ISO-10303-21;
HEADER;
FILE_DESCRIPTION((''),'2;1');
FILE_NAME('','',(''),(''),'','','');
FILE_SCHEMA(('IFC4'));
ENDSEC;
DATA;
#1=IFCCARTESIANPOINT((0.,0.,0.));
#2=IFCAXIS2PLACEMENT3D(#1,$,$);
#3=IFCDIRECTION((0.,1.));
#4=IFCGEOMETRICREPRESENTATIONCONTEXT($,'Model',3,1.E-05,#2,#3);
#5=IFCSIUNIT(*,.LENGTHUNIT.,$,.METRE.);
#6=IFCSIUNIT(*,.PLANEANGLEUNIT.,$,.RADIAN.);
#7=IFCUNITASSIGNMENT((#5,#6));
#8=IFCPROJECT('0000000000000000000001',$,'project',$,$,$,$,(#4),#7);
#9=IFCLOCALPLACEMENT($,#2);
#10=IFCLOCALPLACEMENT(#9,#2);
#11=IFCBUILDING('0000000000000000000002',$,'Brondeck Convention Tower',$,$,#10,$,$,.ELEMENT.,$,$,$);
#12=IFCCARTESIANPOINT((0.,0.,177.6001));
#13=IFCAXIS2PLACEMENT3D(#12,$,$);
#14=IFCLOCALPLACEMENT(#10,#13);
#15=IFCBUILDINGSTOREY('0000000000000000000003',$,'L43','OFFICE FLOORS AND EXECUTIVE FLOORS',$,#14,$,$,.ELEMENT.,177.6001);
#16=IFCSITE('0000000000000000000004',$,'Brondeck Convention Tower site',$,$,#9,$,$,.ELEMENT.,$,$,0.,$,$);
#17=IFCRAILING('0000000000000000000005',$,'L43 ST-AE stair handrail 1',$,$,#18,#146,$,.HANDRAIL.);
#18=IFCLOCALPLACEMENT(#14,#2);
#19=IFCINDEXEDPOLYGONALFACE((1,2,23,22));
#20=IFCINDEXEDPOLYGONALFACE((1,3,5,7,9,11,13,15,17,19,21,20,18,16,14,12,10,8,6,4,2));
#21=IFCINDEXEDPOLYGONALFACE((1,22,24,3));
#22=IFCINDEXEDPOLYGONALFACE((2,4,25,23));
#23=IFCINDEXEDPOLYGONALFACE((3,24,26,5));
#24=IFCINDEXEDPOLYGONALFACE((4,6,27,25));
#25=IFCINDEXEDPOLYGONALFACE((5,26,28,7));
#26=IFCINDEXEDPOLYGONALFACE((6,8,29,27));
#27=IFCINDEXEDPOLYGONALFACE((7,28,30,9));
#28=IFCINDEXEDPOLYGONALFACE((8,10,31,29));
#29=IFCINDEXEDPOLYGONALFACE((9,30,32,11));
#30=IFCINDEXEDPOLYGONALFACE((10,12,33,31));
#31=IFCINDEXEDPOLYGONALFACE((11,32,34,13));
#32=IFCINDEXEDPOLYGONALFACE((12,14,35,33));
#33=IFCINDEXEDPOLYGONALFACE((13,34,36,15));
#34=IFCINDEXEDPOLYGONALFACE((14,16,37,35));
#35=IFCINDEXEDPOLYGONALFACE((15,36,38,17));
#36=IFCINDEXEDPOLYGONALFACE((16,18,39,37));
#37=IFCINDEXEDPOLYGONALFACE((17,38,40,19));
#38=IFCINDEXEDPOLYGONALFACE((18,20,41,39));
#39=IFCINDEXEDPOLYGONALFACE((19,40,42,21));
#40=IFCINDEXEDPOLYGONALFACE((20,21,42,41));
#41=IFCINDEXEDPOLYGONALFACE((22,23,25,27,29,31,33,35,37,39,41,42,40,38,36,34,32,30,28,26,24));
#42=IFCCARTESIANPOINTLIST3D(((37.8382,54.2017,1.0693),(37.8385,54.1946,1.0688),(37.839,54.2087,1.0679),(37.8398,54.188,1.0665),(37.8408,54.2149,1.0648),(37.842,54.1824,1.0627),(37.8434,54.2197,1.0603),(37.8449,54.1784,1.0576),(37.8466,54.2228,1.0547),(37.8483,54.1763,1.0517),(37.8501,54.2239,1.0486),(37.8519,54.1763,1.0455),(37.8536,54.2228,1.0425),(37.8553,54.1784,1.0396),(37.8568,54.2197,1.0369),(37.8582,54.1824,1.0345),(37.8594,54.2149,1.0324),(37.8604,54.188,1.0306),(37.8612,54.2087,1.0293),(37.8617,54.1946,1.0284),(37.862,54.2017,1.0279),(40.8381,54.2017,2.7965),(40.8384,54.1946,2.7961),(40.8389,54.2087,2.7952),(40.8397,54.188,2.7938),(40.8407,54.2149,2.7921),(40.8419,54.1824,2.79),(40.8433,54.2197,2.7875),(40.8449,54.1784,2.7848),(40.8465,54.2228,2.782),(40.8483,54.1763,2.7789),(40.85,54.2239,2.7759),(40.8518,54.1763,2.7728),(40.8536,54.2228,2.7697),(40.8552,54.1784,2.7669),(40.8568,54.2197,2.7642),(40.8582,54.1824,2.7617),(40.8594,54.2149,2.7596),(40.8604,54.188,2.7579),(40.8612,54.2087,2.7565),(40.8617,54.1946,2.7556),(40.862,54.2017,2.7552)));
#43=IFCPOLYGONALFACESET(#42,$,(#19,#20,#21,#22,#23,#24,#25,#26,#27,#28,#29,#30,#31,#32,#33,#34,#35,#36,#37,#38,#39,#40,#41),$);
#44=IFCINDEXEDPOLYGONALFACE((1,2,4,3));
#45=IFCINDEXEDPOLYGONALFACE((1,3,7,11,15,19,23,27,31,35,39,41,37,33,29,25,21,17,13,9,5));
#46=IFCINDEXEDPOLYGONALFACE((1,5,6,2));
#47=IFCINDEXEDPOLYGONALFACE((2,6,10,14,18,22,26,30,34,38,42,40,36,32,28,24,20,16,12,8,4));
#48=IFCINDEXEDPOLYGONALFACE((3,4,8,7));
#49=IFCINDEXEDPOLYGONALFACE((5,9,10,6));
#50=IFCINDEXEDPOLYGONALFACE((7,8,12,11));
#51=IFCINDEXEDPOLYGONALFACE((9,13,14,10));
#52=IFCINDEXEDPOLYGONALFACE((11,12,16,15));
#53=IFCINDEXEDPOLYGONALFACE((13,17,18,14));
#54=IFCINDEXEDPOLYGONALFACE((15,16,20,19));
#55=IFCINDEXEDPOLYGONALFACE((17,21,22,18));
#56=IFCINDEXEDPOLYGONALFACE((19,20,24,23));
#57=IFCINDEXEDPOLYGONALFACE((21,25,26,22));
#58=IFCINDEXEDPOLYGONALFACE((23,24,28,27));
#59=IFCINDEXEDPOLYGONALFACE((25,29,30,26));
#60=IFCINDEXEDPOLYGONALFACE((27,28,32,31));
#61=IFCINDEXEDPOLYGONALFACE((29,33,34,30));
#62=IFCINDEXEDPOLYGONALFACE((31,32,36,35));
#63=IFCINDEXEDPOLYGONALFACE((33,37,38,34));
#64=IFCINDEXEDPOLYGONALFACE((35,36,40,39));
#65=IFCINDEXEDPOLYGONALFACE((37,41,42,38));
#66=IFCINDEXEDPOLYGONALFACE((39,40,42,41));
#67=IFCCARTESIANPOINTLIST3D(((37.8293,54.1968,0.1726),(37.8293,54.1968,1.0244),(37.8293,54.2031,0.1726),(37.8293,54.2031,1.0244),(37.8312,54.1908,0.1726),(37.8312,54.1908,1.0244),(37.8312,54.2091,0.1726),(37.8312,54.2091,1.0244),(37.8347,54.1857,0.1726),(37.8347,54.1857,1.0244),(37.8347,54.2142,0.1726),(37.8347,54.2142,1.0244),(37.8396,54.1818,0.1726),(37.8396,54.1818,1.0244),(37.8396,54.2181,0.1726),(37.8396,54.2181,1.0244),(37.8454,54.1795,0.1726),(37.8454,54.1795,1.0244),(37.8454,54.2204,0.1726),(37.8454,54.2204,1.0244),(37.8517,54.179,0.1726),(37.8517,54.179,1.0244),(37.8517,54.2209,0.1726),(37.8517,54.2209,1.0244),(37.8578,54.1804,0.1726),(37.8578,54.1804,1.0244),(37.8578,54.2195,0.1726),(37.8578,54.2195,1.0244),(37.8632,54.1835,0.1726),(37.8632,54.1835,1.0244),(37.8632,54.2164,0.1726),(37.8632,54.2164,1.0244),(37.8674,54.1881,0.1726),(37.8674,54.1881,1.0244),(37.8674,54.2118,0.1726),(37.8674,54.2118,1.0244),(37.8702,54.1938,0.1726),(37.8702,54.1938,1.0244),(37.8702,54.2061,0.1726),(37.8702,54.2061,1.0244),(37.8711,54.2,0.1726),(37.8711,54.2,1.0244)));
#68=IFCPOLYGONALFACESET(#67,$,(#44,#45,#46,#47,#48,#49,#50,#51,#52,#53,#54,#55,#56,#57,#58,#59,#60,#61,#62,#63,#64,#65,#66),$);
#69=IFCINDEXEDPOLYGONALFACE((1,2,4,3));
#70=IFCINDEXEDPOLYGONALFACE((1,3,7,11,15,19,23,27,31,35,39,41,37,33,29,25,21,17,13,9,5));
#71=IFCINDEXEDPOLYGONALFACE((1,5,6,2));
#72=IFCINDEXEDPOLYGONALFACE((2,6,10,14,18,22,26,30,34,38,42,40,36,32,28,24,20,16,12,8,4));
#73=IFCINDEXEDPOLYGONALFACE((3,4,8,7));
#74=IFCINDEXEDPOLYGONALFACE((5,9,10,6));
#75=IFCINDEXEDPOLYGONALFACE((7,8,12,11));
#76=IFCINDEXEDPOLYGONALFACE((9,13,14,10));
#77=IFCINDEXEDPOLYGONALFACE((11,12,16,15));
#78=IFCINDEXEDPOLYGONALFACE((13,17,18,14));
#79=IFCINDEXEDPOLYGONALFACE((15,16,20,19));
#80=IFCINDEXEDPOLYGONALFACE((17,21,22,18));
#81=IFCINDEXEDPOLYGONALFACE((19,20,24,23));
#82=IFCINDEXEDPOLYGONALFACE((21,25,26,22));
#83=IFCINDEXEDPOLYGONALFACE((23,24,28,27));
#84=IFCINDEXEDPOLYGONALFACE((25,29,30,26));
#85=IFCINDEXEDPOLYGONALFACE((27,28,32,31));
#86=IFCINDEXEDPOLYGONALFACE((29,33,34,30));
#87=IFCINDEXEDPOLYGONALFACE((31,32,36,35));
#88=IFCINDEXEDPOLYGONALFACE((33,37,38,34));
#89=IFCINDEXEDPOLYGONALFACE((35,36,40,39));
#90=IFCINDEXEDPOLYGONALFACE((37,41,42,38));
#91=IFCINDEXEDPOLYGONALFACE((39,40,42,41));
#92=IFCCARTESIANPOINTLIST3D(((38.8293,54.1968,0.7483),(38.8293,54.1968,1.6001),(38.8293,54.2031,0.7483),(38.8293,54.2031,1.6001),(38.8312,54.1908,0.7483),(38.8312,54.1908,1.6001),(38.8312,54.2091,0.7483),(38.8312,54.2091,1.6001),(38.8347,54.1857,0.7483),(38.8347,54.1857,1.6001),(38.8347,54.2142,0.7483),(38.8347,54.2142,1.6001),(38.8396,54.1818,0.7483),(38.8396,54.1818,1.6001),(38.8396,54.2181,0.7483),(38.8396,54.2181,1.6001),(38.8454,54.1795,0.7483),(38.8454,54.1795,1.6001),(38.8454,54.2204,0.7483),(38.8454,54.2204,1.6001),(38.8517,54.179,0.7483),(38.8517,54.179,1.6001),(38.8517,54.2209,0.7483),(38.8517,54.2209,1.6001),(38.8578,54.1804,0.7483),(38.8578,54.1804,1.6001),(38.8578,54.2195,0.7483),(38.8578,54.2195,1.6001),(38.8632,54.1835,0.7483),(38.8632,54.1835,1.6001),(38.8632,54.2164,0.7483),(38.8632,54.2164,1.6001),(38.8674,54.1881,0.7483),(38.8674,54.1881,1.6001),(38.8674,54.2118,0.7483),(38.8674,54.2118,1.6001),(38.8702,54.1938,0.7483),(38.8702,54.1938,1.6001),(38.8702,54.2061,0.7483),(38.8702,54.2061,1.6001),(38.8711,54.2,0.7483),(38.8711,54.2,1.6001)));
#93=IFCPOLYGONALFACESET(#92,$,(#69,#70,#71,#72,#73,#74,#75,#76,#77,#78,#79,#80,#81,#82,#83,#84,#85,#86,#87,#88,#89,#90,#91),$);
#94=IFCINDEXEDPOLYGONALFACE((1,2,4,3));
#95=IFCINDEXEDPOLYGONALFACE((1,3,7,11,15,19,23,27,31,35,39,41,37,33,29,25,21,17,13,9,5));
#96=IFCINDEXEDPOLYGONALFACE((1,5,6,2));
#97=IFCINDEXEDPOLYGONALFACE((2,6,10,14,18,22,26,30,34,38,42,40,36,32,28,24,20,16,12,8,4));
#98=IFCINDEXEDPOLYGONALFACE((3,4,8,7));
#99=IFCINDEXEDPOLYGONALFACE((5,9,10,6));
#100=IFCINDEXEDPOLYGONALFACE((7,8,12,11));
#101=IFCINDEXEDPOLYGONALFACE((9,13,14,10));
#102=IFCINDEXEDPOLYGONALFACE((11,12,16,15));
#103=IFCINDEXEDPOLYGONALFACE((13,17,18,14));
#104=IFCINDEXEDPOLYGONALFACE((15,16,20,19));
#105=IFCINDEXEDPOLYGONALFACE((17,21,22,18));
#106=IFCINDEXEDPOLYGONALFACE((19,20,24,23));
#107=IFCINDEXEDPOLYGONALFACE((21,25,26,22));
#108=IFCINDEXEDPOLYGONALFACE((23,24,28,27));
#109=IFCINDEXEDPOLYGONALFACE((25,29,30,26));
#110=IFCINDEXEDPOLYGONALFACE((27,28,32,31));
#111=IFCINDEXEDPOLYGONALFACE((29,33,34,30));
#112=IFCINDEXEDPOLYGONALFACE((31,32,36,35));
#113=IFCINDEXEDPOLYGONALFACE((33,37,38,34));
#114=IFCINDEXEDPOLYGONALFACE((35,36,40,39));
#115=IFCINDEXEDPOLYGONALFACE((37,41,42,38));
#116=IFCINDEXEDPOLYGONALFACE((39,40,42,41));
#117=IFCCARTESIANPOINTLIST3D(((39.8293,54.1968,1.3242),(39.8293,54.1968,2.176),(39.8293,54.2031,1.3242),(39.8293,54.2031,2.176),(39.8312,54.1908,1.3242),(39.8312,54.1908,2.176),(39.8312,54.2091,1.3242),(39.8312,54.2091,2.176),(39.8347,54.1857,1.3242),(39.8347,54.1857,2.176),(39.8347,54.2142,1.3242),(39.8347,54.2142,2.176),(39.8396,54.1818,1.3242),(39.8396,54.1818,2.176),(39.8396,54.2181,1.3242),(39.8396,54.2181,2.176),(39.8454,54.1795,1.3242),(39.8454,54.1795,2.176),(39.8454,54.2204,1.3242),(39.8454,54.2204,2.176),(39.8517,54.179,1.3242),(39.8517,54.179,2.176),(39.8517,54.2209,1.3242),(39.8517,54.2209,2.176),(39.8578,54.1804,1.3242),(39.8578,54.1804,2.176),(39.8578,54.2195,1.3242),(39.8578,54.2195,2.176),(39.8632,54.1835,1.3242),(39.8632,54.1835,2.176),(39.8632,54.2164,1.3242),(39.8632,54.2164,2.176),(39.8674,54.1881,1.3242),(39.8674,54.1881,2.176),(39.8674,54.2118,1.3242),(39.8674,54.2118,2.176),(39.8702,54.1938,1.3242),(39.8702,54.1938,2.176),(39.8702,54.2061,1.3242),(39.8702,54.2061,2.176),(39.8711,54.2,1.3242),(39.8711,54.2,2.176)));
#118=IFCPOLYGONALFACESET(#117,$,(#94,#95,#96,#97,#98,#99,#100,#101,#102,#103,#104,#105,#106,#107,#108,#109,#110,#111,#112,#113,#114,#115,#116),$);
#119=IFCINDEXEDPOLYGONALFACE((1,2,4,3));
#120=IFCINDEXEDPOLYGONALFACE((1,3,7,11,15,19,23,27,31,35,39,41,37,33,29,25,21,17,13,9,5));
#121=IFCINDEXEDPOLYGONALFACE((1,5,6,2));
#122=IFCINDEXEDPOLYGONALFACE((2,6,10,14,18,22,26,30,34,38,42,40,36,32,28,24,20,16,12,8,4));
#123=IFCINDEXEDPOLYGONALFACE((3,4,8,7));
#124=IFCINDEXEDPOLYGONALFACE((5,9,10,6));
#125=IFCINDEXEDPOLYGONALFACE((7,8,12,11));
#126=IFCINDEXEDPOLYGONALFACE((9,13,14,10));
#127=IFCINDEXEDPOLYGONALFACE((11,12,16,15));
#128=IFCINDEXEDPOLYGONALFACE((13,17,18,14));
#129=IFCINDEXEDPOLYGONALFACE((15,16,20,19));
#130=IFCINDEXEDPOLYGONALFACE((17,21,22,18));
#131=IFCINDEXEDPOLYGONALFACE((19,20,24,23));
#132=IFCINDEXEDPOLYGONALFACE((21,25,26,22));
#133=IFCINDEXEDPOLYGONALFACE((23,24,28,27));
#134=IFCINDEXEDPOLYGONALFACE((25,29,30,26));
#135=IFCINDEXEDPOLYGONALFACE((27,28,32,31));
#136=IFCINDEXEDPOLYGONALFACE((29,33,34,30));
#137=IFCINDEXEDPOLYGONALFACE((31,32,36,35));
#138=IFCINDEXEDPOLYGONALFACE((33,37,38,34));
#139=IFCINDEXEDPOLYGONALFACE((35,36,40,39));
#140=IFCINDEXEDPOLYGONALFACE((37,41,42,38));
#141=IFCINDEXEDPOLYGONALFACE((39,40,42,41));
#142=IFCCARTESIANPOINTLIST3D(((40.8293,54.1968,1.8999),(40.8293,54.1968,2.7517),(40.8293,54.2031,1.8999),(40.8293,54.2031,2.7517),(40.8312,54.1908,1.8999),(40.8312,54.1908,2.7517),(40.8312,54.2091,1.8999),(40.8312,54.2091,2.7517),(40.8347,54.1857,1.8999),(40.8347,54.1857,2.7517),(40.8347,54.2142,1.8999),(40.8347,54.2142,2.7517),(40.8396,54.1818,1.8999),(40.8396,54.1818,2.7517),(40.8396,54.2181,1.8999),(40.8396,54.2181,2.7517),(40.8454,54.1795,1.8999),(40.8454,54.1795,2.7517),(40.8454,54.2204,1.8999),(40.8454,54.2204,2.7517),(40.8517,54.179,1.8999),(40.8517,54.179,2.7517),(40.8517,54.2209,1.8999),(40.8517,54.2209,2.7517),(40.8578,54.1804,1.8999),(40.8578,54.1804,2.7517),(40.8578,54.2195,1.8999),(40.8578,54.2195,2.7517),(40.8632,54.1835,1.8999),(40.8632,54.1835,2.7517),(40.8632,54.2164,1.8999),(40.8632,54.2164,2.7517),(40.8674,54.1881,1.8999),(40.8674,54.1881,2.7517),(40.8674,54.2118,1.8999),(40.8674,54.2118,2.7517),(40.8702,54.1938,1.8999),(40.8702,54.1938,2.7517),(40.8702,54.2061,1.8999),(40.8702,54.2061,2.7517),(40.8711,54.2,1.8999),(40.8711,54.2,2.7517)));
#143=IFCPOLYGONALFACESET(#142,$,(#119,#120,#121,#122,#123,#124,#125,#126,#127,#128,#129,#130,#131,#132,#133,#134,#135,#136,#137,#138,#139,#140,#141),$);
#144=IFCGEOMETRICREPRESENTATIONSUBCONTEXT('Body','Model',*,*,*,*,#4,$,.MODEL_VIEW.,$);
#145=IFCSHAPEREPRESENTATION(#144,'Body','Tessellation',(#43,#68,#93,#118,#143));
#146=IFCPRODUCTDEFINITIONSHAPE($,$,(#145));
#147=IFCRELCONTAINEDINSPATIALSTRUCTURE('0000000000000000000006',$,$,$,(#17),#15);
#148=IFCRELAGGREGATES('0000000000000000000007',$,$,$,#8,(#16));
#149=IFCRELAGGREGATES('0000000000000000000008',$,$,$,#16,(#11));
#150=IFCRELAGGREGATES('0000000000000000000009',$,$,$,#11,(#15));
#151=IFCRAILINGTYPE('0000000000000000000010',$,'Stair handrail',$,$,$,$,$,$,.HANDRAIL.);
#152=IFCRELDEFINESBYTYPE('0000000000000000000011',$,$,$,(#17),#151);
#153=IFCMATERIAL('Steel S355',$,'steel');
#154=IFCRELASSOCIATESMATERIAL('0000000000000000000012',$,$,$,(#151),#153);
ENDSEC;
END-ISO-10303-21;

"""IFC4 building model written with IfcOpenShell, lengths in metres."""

from ifc_helpers import new_model, si_unit, direction, frame, origin, origin_2d, place, context, subcontext, project, spatial, circle, extrude, material, type_object, element, save


model = new_model("IFC4")

# Units and contexts
model_context = context("Model", 3, precision=1e-05, world=origin(), true_north=direction((0.0, 1.0)))
body_context = subcontext(model_context, "Body", "Model", "MODEL_VIEW")
ifc_project = project(units=[si_unit("LENGTHUNIT", "METRE"), si_unit("PLANEANGLEUNIT", "RADIAN")], contexts=[model_context])

# Site, building, storey
site_placement = place(None, origin())
site = spatial("IfcSite", under=ifc_project, at=site_placement, Name="Brondeck Convention Tower site", CompositionType="ELEMENT", RefElevation=0.0)
building_placement = place(site_placement, origin())
building = spatial("IfcBuilding", under=site, at=building_placement, Name="Brondeck Convention Tower", CompositionType="ELEMENT")
storey_placement = place(building_placement, frame((0.0, 0.0, 177.6001)))
storey = spatial("IfcBuildingStorey", under=building, at=storey_placement, Name="L43", Description="OFFICE FLOORS AND EXECUTIVE FLOORS", CompositionType="ELEMENT", Elevation=177.6001)

# Shared definitions
ifc_material_1 = material(Name="Steel S355", Category="steel")

# Railing
railing_type_1 = type_object("IfcRailingType", Name="Stair handrail", PredefinedType="HANDRAIL", material=ifc_material_1)
railing_1_placement = place(storey_placement, frame((37.8501, 54.2, 0.1726)))
element("IfcRailing", 1, at=railing_1_placement, inside=storey, type_object=railing_type_1, Name="L43 ST-AE stair handrail 1", PredefinedType="HANDRAIL", context=body_context, shape_type="SweptSolid", body=[
    extrude(circle(Radius=0.0239, at=origin_2d()), frame((0.0, 0.0, 0.876), z_axis=(0.86662, 0.0, 0.498969), x_axis=(0.0, 1.0, 0.0)), (0.0, 0.0, 1.0), 3.4617),
    extrude(circle(Radius=0.021, at=origin_2d()), origin(), (0.0, 0.0, 1.0), 0.8518),
    extrude(circle(Radius=0.021, at=origin_2d()), frame((1.0, 0.0, 0.5757)), (0.0, 0.0, 1.0), 0.8518),
    extrude(circle(Radius=0.021, at=origin_2d()), frame((2.0, 0.0, 1.1516)), (0.0, 0.0, 1.0), 0.8518),
    extrude(circle(Radius=0.021, at=origin_2d()), frame((3.0, 0.0, 1.7273)), (0.0, 0.0, 1.0), 0.8518),
])

save(model, "model.ifc")
